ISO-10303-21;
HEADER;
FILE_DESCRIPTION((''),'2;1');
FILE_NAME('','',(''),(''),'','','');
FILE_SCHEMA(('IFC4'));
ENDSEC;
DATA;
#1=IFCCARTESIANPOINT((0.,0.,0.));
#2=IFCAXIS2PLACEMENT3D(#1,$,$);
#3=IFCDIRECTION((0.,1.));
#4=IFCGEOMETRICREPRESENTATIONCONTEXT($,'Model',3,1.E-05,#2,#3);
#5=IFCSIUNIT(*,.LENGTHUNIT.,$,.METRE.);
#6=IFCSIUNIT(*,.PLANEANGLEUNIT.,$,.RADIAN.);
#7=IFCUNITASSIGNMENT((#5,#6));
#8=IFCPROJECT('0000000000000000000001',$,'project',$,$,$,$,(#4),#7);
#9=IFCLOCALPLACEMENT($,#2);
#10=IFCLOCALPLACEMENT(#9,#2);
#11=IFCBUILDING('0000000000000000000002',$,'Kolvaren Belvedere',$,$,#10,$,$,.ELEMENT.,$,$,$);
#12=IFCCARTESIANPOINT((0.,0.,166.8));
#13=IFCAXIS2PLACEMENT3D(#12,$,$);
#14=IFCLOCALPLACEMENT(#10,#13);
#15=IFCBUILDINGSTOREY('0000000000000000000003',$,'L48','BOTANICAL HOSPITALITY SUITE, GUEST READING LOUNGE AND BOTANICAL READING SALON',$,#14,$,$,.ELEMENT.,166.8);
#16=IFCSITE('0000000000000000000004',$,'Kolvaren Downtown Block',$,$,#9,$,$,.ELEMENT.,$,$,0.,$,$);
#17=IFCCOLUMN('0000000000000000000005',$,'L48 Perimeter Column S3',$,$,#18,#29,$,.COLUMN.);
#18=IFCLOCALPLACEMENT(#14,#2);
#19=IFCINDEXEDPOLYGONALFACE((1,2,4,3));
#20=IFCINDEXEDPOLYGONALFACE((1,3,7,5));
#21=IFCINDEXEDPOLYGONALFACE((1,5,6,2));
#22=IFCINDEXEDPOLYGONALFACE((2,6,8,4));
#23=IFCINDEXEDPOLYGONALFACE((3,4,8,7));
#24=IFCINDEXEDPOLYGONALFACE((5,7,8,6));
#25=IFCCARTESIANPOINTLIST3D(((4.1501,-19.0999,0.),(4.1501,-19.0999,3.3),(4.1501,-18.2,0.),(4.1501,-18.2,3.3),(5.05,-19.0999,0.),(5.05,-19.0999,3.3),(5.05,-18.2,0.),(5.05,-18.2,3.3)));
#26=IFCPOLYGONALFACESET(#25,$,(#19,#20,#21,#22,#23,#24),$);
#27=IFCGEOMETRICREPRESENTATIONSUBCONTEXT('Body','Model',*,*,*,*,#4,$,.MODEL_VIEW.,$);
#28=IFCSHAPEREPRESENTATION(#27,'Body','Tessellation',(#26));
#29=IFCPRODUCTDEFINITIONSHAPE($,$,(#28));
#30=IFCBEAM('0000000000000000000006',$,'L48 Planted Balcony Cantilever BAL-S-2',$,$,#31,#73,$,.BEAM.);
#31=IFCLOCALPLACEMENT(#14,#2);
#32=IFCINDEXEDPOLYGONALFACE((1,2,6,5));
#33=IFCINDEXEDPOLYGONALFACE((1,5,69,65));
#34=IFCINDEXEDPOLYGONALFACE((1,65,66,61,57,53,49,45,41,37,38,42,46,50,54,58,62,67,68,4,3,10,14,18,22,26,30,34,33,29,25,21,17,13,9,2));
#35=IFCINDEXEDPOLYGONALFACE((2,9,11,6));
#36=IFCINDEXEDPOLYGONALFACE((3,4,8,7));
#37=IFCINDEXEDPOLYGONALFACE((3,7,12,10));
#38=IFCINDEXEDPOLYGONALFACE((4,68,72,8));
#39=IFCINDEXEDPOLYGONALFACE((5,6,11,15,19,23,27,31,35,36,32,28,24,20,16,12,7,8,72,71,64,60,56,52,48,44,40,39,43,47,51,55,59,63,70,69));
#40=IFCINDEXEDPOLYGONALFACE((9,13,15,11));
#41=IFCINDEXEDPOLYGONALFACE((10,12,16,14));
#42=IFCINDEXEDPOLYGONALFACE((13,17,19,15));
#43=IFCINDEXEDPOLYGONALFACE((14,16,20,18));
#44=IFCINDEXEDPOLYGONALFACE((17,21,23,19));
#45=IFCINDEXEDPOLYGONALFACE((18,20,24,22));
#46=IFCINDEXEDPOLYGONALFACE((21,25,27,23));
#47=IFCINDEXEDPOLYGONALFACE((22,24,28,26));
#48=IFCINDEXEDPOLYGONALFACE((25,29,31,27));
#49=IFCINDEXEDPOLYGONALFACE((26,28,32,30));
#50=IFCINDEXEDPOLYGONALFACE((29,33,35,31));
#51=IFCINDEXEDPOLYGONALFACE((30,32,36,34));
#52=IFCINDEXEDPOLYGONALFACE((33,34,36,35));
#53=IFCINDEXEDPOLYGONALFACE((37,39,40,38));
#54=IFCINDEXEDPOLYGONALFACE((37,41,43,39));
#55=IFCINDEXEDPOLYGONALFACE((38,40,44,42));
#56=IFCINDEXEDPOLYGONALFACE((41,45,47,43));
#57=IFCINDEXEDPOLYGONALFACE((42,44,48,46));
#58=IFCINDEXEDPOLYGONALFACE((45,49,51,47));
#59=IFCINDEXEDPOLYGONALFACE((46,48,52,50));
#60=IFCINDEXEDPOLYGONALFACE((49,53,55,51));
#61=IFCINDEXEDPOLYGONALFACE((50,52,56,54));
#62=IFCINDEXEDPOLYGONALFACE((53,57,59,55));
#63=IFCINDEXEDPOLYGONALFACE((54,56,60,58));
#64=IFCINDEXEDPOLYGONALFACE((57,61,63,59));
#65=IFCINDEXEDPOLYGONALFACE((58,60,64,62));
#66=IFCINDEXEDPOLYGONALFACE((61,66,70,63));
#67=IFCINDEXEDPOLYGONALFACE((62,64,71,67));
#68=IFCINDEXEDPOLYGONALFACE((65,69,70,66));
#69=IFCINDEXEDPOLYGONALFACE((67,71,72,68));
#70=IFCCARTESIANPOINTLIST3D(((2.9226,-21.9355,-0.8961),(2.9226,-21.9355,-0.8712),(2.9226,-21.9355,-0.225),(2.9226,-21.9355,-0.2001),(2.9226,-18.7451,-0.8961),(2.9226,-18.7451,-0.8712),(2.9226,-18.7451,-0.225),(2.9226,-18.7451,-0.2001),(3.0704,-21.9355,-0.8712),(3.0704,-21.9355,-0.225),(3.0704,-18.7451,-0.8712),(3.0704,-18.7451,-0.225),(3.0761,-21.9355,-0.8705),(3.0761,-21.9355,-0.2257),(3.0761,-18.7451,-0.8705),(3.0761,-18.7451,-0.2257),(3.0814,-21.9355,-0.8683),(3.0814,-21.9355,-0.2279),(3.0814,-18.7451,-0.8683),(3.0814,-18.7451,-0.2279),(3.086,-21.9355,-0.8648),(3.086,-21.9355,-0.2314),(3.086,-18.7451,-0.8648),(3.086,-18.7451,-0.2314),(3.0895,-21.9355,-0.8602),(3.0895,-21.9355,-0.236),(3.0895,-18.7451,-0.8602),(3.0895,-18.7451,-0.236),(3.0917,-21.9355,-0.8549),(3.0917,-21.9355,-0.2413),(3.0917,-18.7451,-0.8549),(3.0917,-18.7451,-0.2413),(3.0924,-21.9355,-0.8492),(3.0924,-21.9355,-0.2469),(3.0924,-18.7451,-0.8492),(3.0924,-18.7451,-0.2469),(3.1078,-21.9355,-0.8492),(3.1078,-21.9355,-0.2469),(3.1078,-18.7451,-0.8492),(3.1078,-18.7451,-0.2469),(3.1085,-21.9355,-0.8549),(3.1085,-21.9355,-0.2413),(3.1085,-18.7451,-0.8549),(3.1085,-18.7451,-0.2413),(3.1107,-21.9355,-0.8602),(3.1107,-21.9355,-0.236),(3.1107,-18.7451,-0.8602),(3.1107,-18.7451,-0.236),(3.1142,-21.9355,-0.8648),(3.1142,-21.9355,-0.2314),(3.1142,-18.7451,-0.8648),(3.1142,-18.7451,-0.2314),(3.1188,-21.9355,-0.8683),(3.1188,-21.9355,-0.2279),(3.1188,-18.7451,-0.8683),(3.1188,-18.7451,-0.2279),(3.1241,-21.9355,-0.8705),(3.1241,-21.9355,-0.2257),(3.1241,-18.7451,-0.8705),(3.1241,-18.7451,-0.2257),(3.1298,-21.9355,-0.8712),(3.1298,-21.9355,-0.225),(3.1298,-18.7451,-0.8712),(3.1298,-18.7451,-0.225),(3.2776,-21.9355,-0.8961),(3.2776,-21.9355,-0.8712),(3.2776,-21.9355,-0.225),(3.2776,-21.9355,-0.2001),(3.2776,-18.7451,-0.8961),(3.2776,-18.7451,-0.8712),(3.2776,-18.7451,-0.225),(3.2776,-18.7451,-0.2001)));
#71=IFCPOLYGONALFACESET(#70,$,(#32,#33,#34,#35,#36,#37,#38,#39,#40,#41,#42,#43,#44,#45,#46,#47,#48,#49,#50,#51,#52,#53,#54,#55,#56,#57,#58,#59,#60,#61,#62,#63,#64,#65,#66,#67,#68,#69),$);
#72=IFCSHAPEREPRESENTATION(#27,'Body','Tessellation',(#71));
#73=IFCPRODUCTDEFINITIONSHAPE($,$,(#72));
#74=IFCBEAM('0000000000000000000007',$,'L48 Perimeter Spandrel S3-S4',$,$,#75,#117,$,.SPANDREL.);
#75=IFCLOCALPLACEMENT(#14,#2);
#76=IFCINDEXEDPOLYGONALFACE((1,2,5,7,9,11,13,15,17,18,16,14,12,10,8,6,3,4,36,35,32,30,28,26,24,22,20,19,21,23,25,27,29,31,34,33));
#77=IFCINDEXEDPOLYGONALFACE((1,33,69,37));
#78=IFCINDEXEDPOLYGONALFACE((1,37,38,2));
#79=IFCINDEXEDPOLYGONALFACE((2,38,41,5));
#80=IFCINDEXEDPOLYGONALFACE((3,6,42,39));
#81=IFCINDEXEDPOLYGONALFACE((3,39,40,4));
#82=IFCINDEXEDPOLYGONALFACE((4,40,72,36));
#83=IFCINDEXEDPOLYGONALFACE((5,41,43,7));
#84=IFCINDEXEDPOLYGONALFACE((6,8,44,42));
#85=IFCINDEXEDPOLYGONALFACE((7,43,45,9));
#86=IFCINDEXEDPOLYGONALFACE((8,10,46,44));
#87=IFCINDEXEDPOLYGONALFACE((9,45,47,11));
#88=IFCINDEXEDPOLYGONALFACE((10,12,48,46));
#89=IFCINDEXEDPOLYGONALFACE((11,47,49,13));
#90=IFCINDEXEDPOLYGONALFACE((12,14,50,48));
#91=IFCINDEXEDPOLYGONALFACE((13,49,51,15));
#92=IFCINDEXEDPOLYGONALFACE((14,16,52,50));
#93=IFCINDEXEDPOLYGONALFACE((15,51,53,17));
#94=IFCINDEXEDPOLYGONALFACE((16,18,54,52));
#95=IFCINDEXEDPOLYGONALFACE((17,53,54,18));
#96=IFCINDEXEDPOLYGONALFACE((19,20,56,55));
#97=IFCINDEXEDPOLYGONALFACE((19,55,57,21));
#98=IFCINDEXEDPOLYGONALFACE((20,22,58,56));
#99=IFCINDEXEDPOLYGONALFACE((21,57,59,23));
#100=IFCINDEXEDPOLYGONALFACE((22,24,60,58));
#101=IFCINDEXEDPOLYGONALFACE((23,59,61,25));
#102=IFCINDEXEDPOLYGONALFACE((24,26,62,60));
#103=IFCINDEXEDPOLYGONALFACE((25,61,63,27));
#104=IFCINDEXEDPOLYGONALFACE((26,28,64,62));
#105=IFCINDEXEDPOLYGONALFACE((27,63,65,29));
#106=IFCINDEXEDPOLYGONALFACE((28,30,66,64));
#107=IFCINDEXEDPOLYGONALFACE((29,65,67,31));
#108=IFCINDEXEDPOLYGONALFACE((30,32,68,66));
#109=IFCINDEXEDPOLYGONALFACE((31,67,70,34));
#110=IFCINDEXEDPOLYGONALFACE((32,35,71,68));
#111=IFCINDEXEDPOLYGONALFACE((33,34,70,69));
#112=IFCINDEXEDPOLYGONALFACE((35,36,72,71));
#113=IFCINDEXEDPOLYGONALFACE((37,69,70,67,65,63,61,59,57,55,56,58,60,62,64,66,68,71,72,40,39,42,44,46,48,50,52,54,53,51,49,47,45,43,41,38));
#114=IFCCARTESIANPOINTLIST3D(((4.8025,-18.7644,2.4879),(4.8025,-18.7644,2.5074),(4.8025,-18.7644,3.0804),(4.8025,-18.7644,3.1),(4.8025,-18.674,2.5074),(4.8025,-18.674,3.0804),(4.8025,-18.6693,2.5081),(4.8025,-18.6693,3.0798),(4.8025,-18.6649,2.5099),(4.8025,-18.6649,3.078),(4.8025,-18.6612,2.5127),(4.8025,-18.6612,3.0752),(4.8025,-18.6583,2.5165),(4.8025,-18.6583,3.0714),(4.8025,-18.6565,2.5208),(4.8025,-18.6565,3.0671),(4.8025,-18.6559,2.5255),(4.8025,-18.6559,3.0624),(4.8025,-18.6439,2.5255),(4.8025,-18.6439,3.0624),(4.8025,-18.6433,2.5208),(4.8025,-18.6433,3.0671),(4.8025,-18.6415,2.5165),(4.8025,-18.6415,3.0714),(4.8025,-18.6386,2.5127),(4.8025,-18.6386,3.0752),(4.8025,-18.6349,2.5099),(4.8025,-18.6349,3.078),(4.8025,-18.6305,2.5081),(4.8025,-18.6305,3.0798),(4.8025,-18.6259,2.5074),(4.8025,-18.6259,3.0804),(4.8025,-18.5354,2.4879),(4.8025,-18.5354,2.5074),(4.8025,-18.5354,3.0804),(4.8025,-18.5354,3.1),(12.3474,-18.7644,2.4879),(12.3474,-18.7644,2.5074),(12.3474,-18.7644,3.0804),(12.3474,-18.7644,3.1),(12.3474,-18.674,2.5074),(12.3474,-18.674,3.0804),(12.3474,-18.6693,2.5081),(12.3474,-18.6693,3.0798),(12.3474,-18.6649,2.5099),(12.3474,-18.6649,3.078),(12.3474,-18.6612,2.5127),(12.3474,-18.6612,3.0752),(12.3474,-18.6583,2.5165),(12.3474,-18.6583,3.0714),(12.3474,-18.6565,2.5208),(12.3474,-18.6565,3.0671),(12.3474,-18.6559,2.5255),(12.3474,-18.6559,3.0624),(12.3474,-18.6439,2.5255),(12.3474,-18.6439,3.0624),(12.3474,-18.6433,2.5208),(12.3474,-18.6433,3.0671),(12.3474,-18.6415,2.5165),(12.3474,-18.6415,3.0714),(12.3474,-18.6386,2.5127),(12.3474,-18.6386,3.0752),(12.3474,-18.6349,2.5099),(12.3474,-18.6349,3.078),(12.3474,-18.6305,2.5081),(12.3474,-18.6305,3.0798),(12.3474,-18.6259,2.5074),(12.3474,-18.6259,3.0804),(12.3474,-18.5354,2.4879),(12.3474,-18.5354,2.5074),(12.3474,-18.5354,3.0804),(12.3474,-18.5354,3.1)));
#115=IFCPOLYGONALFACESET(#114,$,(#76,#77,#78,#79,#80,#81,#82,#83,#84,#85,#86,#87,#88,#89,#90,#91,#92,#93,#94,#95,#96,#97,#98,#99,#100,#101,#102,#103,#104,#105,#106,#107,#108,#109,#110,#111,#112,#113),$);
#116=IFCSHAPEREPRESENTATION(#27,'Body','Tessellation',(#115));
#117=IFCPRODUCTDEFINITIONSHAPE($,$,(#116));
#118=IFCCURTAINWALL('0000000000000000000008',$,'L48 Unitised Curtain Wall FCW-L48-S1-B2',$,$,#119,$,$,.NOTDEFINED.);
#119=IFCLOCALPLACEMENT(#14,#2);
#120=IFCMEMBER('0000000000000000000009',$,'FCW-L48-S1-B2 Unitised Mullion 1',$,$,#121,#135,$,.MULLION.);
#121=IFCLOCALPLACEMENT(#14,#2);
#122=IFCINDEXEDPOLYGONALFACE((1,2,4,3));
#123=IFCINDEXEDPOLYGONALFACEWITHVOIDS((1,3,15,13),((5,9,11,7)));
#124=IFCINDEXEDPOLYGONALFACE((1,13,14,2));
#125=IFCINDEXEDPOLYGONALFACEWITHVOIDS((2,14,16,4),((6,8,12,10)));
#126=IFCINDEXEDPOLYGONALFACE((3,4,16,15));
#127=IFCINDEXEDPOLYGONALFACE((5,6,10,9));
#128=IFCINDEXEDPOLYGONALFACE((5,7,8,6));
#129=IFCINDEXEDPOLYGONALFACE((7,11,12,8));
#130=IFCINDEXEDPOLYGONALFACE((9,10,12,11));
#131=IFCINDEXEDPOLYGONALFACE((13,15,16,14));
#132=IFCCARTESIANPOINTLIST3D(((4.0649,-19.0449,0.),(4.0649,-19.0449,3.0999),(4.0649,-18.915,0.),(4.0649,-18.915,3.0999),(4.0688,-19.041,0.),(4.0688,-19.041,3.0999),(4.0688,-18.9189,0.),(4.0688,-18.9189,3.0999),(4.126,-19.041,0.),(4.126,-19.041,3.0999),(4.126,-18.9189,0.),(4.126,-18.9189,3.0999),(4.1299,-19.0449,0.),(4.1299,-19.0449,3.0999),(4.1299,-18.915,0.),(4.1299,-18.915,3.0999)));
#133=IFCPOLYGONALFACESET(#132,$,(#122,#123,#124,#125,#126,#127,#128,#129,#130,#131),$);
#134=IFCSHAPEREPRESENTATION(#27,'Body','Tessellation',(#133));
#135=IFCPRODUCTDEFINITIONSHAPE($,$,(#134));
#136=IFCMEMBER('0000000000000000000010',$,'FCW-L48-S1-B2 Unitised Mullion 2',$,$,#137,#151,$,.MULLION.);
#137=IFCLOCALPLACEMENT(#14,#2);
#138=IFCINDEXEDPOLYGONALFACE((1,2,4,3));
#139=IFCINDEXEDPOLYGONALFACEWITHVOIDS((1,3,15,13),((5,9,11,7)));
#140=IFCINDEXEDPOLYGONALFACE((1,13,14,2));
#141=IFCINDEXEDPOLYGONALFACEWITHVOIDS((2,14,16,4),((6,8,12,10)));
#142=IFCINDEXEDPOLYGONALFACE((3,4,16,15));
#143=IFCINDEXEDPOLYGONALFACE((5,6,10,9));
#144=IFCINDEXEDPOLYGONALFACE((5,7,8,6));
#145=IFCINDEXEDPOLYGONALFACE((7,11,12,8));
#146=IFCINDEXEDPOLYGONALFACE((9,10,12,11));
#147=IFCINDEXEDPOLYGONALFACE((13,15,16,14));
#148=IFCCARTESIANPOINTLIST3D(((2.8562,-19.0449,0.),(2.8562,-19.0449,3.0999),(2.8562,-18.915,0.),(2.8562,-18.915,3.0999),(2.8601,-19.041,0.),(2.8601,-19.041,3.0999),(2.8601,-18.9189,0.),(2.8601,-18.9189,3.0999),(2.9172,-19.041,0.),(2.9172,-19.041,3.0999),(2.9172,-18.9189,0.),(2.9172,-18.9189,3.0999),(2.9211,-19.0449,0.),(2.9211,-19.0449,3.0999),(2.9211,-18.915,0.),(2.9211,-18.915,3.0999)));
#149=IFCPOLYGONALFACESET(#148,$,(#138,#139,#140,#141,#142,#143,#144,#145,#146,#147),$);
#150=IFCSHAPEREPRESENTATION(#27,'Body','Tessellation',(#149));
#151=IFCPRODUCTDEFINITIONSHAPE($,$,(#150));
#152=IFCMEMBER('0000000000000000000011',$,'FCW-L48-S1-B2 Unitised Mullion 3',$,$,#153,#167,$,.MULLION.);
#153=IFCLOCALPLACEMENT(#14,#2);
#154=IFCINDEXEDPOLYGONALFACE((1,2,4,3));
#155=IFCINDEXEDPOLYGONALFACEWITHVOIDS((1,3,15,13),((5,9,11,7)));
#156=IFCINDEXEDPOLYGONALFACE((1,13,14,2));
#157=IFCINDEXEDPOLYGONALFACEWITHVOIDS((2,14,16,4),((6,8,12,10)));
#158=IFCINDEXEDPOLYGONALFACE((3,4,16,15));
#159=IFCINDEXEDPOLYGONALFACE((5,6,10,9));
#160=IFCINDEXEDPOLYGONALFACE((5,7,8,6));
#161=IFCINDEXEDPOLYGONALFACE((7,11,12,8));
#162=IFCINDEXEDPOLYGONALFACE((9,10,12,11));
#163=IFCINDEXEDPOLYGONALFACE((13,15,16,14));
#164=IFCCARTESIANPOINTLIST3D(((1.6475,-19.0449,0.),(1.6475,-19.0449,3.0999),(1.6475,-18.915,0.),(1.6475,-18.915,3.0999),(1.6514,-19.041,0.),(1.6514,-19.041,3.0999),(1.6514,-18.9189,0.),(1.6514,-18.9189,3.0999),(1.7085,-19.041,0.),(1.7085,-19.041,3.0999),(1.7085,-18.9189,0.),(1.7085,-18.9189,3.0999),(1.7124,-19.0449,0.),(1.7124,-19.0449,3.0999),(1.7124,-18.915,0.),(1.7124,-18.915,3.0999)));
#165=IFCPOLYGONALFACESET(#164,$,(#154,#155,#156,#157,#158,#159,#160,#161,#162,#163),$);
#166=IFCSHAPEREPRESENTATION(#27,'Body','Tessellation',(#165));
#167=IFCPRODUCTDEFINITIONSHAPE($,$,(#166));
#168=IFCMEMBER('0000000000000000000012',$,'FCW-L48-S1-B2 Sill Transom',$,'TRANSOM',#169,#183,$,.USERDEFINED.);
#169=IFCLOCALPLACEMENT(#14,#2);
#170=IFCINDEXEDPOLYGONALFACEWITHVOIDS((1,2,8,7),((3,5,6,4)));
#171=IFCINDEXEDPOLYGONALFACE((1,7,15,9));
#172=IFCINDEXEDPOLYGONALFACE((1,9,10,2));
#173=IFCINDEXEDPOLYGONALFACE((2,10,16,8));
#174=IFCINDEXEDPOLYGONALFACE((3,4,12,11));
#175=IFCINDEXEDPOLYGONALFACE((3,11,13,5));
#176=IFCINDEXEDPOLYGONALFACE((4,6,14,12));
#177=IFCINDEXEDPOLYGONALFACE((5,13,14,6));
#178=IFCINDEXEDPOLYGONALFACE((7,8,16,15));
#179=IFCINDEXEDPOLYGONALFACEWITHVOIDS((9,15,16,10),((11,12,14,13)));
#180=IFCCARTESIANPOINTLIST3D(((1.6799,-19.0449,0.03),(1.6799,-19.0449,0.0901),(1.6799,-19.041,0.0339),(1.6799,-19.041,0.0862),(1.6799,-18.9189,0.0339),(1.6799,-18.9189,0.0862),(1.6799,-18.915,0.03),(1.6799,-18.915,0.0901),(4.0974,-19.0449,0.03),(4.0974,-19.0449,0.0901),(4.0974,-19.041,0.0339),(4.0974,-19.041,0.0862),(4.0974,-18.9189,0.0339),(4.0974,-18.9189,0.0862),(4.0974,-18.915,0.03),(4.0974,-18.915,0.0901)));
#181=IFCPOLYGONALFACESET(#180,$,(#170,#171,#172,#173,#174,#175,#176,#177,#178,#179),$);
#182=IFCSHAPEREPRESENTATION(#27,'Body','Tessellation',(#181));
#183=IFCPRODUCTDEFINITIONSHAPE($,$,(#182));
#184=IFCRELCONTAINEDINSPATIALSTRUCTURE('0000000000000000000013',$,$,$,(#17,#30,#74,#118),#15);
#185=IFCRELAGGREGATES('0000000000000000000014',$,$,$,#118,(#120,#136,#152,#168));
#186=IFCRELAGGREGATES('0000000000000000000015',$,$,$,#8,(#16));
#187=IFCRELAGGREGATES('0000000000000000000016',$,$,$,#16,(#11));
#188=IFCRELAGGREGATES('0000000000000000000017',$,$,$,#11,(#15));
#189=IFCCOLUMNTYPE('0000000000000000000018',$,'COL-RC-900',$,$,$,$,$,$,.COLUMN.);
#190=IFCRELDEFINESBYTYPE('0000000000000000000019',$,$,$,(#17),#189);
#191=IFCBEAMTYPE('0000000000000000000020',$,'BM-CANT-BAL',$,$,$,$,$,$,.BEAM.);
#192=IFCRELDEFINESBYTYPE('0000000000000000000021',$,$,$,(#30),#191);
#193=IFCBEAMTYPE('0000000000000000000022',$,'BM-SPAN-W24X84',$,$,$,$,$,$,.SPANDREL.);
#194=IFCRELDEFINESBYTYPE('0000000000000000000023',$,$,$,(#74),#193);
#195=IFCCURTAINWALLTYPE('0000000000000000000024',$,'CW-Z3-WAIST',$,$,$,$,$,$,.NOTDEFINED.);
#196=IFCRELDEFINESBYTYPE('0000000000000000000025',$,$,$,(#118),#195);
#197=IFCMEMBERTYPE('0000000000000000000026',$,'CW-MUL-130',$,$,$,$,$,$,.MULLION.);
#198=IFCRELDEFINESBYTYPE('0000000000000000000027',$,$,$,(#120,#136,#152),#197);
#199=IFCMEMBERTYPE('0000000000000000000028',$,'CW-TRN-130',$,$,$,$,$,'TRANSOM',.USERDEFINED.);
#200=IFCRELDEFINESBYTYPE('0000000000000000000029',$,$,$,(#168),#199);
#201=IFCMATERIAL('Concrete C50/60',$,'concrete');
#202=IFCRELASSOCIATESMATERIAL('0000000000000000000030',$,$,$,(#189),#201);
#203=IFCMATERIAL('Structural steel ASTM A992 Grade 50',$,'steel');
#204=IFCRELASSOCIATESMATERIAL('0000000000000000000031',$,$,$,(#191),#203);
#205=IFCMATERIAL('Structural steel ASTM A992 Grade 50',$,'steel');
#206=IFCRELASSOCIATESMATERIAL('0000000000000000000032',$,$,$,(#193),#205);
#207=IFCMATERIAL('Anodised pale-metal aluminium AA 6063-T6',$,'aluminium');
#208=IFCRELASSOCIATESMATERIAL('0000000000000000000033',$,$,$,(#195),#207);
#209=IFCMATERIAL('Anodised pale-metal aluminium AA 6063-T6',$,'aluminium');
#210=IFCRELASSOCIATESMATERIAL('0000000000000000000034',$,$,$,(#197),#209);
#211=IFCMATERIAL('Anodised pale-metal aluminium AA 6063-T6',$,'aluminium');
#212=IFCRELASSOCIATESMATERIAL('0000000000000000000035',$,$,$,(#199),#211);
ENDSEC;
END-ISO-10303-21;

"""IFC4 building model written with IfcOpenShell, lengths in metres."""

from ifc_helpers import new_model, si_unit, direction, frame, origin, origin_2d, place, context, subcontext, project, spatial, rectangle, hollow_rectangle, i_section, extrude, material, material_profile, profile_set, type_object, element, aggregate, save


model = new_model("IFC4")

# Units and contexts
model_context = context("Model", 3, precision=1e-05, world=origin(), true_north=direction((0.0, 1.0)))
body_context = subcontext(model_context, "Body", "Model", "MODEL_VIEW")
ifc_project = project(units=[si_unit("LENGTHUNIT", "METRE"), si_unit("PLANEANGLEUNIT", "RADIAN")], contexts=[model_context])

# Site, building, storey
site_placement = place(None, origin())
site = spatial("IfcSite", under=ifc_project, at=site_placement, Name="Kolvaren Downtown Block", CompositionType="ELEMENT", RefElevation=0.0)
building_placement = place(site_placement, origin())
building = spatial("IfcBuilding", under=site, at=building_placement, Name="Kolvaren Belvedere", CompositionType="ELEMENT")
storey_placement = place(building_placement, frame((0.0, 0.0, 166.8)))
storey = spatial("IfcBuildingStorey", under=building, at=storey_placement, Name="L48", Description="BOTANICAL HOSPITALITY SUITE, GUEST READING LOUNGE AND BOTANICAL READING SALON", CompositionType="ELEMENT", Elevation=166.8)

# Column
ifc_material_1 = material(Name="Concrete C50/60", Category="concrete")
ifc_material_profile_1 = material_profile(ifc_material_1, rectangle(XDim=0.8999, YDim=0.8999, at=origin_2d()), Name="RC 900X900")
ifc_profile_set_1 = profile_set([ifc_material_profile_1], Name="Concrete C50/60")
column_type = type_object("IfcColumnType", Name="COL-RC-900", PredefinedType="COLUMN", material=ifc_profile_set_1)
column_placement = place(storey_placement, frame((4.6001, -18.6499, 0.0), z_axis=(0.0, 0.0, 1.0), x_axis=(1.0, 0.0, 0.0)))
element("IfcColumn", 1, at=column_placement, inside=storey, type_object=column_type, Name="L48 Perimeter Column S3", PredefinedType="COLUMN", context=body_context, shape_type="SweptSolid", body=[
    extrude(rectangle(XDim=0.8999, YDim=0.8999, at=origin_2d()), origin(), (0.0, 0.0, 1.0), 3.3),
])

# Beams
ifc_material_2 = material(Name="Structural steel ASTM A992 Grade 50", Category="steel")
ifc_material_profile_2 = material_profile(ifc_material_2, i_section(OverallWidth=0.355, OverallDepth=0.696, WebThickness=0.0154, FlangeThickness=0.0249, FilletRadius=0.022, at=origin_2d()), Name="W27X146")
ifc_profile_set_2 = profile_set([ifc_material_profile_2], Name="Structural steel ASTM A992 Grade 50")
beam_type_1 = type_object("IfcBeamType", Name="BM-CANT-BAL", PredefinedType="BEAM", material=ifc_profile_set_2)
beam_1_placement = place(storey_placement, frame((3.1001, -18.7451, -0.5481), z_axis=(0.0, -1.0, 0.0), x_axis=(1.0, 0.0, 0.0)))
element("IfcBeam", 2, at=beam_1_placement, inside=storey, type_object=beam_type_1, Name="L48 Planted Balcony Cantilever BAL-S-2", PredefinedType="BEAM", context=body_context, shape_type="SweptSolid", body=[
    extrude(i_section(OverallWidth=0.355, OverallDepth=0.696, WebThickness=0.0154, FlangeThickness=0.0249, FilletRadius=0.022, at=origin_2d()), origin(), (0.0, 0.0, 1.0), 3.1904),
])
ifc_material_3 = material(Name="Structural steel ASTM A992 Grade 50", Category="steel")
ifc_material_profile_3 = material_profile(ifc_material_3, i_section(OverallWidth=0.229, OverallDepth=0.6121, WebThickness=0.012, FlangeThickness=0.0195, FilletRadius=0.0181, at=origin_2d()), Name="W24X84")
ifc_profile_set_3 = profile_set([ifc_material_profile_3], Name="Structural steel ASTM A992 Grade 50")
beam_type_2 = type_object("IfcBeamType", Name="BM-SPAN-W24X84", PredefinedType="SPANDREL", material=ifc_profile_set_3)
beam_2_placement = place(storey_placement, frame((4.8025, -18.6499, 2.7939), z_axis=(1.0, 0.0, 0.0), x_axis=(0.0, 1.0, 0.0)))
element("IfcBeam", 3, at=beam_2_placement, inside=storey, type_object=beam_type_2, Name="L48 Perimeter Spandrel S3-S4", PredefinedType="SPANDREL", context=body_context, shape_type="SweptSolid", body=[
    extrude(i_section(OverallWidth=0.229, OverallDepth=0.6121, WebThickness=0.012, FlangeThickness=0.0195, FilletRadius=0.0181, at=origin_2d()), origin(), (0.0, 0.0, 1.0), 7.5449),
])

# Curtain wall, members
ifc_material_4 = material(Name="Anodised pale-metal aluminium AA 6063-T6", Category="aluminium")
curtain_wall_type = type_object("IfcCurtainWallType", Name="CW-Z3-WAIST", PredefinedType="NOTDEFINED", material=ifc_material_4)
curtain_wall_placement = place(storey_placement, origin())
curtain_wall = element("IfcCurtainWall", 4, at=curtain_wall_placement, inside=storey, type_object=curtain_wall_type, Name="L48 Unitised Curtain Wall FCW-L48-S1-B2", PredefinedType="NOTDEFINED")
ifc_material_5 = material(Name="Anodised pale-metal aluminium AA 6063-T6", Category="aluminium")
ifc_material_profile_4 = material_profile(ifc_material_5, hollow_rectangle(XDim=0.0649, YDim=0.1299, WallThickness=0.0039, at=origin_2d()), Name="ALU-MUL-130X65")
ifc_profile_set_4 = profile_set([ifc_material_profile_4], Name="Anodised pale-metal aluminium AA 6063-T6")
member_type_1 = type_object("IfcMemberType", Name="CW-MUL-130", PredefinedType="MULLION", material=ifc_profile_set_4)
member_1_placement = place(storey_placement, frame((4.0974, -18.98, 0.0), z_axis=(0.0, 0.0, 1.0), x_axis=(1.0, 0.0, 0.0)))
member_1 = element("IfcMember", 5, at=member_1_placement, type_object=member_type_1, Name="FCW-L48-S1-B2 Unitised Mullion 1", PredefinedType="MULLION", context=body_context, shape_type="SweptSolid", body=[
    extrude(hollow_rectangle(XDim=0.0649, YDim=0.1299, WallThickness=0.0039, at=origin_2d()), origin(), (0.0, 0.0, 1.0), 3.0999),
])
member_2_placement = place(storey_placement, frame((2.8887, -18.98, 0.0), z_axis=(0.0, 0.0, 1.0), x_axis=(1.0, 0.0, 0.0)))
member_2 = element("IfcMember", 6, at=member_2_placement, type_object=member_type_1, Name="FCW-L48-S1-B2 Unitised Mullion 2", PredefinedType="MULLION", context=body_context, shape_type="SweptSolid", body=[
    extrude(hollow_rectangle(XDim=0.0649, YDim=0.1299, WallThickness=0.0039, at=origin_2d()), origin(), (0.0, 0.0, 1.0), 3.0999),
])
member_3_placement = place(storey_placement, frame((1.6799, -18.98, 0.0), z_axis=(0.0, 0.0, 1.0), x_axis=(1.0, 0.0, 0.0)))
member_3 = element("IfcMember", 7, at=member_3_placement, type_object=member_type_1, Name="FCW-L48-S1-B2 Unitised Mullion 3", PredefinedType="MULLION", context=body_context, shape_type="SweptSolid", body=[
    extrude(hollow_rectangle(XDim=0.0649, YDim=0.1299, WallThickness=0.0039, at=origin_2d()), origin(), (0.0, 0.0, 1.0), 3.0999),
])
ifc_material_6 = material(Name="Anodised pale-metal aluminium AA 6063-T6", Category="aluminium")
ifc_material_profile_5 = material_profile(ifc_material_6, hollow_rectangle(XDim=0.0601, YDim=0.1299, WallThickness=0.0039, at=origin_2d()), Name="ALU-TRN-130X60")
ifc_profile_set_5 = profile_set([ifc_material_profile_5], Name="Anodised pale-metal aluminium AA 6063-T6")
member_type_2 = type_object("IfcMemberType", Name="CW-TRN-130", ElementType="TRANSOM", PredefinedType="USERDEFINED", material=ifc_profile_set_5)
member_4_placement = place(storey_placement, frame((4.0974, -18.98, 0.0601), z_axis=(-1.0, 0.0, 0.0), x_axis=(0.0, 0.0, 1.0)))
member_4 = element("IfcMember", 8, at=member_4_placement, type_object=member_type_2, Name="FCW-L48-S1-B2 Sill Transom", ObjectType="TRANSOM", PredefinedType="USERDEFINED", context=body_context, shape_type="SweptSolid", body=[
    extrude(hollow_rectangle(XDim=0.0601, YDim=0.1299, WallThickness=0.0039, at=origin_2d()), origin(), (0.0, 0.0, 1.0), 2.4175),
])

aggregate(curtain_wall, [member_1, member_2, member_3, member_4])

save(model, "model.ifc")
